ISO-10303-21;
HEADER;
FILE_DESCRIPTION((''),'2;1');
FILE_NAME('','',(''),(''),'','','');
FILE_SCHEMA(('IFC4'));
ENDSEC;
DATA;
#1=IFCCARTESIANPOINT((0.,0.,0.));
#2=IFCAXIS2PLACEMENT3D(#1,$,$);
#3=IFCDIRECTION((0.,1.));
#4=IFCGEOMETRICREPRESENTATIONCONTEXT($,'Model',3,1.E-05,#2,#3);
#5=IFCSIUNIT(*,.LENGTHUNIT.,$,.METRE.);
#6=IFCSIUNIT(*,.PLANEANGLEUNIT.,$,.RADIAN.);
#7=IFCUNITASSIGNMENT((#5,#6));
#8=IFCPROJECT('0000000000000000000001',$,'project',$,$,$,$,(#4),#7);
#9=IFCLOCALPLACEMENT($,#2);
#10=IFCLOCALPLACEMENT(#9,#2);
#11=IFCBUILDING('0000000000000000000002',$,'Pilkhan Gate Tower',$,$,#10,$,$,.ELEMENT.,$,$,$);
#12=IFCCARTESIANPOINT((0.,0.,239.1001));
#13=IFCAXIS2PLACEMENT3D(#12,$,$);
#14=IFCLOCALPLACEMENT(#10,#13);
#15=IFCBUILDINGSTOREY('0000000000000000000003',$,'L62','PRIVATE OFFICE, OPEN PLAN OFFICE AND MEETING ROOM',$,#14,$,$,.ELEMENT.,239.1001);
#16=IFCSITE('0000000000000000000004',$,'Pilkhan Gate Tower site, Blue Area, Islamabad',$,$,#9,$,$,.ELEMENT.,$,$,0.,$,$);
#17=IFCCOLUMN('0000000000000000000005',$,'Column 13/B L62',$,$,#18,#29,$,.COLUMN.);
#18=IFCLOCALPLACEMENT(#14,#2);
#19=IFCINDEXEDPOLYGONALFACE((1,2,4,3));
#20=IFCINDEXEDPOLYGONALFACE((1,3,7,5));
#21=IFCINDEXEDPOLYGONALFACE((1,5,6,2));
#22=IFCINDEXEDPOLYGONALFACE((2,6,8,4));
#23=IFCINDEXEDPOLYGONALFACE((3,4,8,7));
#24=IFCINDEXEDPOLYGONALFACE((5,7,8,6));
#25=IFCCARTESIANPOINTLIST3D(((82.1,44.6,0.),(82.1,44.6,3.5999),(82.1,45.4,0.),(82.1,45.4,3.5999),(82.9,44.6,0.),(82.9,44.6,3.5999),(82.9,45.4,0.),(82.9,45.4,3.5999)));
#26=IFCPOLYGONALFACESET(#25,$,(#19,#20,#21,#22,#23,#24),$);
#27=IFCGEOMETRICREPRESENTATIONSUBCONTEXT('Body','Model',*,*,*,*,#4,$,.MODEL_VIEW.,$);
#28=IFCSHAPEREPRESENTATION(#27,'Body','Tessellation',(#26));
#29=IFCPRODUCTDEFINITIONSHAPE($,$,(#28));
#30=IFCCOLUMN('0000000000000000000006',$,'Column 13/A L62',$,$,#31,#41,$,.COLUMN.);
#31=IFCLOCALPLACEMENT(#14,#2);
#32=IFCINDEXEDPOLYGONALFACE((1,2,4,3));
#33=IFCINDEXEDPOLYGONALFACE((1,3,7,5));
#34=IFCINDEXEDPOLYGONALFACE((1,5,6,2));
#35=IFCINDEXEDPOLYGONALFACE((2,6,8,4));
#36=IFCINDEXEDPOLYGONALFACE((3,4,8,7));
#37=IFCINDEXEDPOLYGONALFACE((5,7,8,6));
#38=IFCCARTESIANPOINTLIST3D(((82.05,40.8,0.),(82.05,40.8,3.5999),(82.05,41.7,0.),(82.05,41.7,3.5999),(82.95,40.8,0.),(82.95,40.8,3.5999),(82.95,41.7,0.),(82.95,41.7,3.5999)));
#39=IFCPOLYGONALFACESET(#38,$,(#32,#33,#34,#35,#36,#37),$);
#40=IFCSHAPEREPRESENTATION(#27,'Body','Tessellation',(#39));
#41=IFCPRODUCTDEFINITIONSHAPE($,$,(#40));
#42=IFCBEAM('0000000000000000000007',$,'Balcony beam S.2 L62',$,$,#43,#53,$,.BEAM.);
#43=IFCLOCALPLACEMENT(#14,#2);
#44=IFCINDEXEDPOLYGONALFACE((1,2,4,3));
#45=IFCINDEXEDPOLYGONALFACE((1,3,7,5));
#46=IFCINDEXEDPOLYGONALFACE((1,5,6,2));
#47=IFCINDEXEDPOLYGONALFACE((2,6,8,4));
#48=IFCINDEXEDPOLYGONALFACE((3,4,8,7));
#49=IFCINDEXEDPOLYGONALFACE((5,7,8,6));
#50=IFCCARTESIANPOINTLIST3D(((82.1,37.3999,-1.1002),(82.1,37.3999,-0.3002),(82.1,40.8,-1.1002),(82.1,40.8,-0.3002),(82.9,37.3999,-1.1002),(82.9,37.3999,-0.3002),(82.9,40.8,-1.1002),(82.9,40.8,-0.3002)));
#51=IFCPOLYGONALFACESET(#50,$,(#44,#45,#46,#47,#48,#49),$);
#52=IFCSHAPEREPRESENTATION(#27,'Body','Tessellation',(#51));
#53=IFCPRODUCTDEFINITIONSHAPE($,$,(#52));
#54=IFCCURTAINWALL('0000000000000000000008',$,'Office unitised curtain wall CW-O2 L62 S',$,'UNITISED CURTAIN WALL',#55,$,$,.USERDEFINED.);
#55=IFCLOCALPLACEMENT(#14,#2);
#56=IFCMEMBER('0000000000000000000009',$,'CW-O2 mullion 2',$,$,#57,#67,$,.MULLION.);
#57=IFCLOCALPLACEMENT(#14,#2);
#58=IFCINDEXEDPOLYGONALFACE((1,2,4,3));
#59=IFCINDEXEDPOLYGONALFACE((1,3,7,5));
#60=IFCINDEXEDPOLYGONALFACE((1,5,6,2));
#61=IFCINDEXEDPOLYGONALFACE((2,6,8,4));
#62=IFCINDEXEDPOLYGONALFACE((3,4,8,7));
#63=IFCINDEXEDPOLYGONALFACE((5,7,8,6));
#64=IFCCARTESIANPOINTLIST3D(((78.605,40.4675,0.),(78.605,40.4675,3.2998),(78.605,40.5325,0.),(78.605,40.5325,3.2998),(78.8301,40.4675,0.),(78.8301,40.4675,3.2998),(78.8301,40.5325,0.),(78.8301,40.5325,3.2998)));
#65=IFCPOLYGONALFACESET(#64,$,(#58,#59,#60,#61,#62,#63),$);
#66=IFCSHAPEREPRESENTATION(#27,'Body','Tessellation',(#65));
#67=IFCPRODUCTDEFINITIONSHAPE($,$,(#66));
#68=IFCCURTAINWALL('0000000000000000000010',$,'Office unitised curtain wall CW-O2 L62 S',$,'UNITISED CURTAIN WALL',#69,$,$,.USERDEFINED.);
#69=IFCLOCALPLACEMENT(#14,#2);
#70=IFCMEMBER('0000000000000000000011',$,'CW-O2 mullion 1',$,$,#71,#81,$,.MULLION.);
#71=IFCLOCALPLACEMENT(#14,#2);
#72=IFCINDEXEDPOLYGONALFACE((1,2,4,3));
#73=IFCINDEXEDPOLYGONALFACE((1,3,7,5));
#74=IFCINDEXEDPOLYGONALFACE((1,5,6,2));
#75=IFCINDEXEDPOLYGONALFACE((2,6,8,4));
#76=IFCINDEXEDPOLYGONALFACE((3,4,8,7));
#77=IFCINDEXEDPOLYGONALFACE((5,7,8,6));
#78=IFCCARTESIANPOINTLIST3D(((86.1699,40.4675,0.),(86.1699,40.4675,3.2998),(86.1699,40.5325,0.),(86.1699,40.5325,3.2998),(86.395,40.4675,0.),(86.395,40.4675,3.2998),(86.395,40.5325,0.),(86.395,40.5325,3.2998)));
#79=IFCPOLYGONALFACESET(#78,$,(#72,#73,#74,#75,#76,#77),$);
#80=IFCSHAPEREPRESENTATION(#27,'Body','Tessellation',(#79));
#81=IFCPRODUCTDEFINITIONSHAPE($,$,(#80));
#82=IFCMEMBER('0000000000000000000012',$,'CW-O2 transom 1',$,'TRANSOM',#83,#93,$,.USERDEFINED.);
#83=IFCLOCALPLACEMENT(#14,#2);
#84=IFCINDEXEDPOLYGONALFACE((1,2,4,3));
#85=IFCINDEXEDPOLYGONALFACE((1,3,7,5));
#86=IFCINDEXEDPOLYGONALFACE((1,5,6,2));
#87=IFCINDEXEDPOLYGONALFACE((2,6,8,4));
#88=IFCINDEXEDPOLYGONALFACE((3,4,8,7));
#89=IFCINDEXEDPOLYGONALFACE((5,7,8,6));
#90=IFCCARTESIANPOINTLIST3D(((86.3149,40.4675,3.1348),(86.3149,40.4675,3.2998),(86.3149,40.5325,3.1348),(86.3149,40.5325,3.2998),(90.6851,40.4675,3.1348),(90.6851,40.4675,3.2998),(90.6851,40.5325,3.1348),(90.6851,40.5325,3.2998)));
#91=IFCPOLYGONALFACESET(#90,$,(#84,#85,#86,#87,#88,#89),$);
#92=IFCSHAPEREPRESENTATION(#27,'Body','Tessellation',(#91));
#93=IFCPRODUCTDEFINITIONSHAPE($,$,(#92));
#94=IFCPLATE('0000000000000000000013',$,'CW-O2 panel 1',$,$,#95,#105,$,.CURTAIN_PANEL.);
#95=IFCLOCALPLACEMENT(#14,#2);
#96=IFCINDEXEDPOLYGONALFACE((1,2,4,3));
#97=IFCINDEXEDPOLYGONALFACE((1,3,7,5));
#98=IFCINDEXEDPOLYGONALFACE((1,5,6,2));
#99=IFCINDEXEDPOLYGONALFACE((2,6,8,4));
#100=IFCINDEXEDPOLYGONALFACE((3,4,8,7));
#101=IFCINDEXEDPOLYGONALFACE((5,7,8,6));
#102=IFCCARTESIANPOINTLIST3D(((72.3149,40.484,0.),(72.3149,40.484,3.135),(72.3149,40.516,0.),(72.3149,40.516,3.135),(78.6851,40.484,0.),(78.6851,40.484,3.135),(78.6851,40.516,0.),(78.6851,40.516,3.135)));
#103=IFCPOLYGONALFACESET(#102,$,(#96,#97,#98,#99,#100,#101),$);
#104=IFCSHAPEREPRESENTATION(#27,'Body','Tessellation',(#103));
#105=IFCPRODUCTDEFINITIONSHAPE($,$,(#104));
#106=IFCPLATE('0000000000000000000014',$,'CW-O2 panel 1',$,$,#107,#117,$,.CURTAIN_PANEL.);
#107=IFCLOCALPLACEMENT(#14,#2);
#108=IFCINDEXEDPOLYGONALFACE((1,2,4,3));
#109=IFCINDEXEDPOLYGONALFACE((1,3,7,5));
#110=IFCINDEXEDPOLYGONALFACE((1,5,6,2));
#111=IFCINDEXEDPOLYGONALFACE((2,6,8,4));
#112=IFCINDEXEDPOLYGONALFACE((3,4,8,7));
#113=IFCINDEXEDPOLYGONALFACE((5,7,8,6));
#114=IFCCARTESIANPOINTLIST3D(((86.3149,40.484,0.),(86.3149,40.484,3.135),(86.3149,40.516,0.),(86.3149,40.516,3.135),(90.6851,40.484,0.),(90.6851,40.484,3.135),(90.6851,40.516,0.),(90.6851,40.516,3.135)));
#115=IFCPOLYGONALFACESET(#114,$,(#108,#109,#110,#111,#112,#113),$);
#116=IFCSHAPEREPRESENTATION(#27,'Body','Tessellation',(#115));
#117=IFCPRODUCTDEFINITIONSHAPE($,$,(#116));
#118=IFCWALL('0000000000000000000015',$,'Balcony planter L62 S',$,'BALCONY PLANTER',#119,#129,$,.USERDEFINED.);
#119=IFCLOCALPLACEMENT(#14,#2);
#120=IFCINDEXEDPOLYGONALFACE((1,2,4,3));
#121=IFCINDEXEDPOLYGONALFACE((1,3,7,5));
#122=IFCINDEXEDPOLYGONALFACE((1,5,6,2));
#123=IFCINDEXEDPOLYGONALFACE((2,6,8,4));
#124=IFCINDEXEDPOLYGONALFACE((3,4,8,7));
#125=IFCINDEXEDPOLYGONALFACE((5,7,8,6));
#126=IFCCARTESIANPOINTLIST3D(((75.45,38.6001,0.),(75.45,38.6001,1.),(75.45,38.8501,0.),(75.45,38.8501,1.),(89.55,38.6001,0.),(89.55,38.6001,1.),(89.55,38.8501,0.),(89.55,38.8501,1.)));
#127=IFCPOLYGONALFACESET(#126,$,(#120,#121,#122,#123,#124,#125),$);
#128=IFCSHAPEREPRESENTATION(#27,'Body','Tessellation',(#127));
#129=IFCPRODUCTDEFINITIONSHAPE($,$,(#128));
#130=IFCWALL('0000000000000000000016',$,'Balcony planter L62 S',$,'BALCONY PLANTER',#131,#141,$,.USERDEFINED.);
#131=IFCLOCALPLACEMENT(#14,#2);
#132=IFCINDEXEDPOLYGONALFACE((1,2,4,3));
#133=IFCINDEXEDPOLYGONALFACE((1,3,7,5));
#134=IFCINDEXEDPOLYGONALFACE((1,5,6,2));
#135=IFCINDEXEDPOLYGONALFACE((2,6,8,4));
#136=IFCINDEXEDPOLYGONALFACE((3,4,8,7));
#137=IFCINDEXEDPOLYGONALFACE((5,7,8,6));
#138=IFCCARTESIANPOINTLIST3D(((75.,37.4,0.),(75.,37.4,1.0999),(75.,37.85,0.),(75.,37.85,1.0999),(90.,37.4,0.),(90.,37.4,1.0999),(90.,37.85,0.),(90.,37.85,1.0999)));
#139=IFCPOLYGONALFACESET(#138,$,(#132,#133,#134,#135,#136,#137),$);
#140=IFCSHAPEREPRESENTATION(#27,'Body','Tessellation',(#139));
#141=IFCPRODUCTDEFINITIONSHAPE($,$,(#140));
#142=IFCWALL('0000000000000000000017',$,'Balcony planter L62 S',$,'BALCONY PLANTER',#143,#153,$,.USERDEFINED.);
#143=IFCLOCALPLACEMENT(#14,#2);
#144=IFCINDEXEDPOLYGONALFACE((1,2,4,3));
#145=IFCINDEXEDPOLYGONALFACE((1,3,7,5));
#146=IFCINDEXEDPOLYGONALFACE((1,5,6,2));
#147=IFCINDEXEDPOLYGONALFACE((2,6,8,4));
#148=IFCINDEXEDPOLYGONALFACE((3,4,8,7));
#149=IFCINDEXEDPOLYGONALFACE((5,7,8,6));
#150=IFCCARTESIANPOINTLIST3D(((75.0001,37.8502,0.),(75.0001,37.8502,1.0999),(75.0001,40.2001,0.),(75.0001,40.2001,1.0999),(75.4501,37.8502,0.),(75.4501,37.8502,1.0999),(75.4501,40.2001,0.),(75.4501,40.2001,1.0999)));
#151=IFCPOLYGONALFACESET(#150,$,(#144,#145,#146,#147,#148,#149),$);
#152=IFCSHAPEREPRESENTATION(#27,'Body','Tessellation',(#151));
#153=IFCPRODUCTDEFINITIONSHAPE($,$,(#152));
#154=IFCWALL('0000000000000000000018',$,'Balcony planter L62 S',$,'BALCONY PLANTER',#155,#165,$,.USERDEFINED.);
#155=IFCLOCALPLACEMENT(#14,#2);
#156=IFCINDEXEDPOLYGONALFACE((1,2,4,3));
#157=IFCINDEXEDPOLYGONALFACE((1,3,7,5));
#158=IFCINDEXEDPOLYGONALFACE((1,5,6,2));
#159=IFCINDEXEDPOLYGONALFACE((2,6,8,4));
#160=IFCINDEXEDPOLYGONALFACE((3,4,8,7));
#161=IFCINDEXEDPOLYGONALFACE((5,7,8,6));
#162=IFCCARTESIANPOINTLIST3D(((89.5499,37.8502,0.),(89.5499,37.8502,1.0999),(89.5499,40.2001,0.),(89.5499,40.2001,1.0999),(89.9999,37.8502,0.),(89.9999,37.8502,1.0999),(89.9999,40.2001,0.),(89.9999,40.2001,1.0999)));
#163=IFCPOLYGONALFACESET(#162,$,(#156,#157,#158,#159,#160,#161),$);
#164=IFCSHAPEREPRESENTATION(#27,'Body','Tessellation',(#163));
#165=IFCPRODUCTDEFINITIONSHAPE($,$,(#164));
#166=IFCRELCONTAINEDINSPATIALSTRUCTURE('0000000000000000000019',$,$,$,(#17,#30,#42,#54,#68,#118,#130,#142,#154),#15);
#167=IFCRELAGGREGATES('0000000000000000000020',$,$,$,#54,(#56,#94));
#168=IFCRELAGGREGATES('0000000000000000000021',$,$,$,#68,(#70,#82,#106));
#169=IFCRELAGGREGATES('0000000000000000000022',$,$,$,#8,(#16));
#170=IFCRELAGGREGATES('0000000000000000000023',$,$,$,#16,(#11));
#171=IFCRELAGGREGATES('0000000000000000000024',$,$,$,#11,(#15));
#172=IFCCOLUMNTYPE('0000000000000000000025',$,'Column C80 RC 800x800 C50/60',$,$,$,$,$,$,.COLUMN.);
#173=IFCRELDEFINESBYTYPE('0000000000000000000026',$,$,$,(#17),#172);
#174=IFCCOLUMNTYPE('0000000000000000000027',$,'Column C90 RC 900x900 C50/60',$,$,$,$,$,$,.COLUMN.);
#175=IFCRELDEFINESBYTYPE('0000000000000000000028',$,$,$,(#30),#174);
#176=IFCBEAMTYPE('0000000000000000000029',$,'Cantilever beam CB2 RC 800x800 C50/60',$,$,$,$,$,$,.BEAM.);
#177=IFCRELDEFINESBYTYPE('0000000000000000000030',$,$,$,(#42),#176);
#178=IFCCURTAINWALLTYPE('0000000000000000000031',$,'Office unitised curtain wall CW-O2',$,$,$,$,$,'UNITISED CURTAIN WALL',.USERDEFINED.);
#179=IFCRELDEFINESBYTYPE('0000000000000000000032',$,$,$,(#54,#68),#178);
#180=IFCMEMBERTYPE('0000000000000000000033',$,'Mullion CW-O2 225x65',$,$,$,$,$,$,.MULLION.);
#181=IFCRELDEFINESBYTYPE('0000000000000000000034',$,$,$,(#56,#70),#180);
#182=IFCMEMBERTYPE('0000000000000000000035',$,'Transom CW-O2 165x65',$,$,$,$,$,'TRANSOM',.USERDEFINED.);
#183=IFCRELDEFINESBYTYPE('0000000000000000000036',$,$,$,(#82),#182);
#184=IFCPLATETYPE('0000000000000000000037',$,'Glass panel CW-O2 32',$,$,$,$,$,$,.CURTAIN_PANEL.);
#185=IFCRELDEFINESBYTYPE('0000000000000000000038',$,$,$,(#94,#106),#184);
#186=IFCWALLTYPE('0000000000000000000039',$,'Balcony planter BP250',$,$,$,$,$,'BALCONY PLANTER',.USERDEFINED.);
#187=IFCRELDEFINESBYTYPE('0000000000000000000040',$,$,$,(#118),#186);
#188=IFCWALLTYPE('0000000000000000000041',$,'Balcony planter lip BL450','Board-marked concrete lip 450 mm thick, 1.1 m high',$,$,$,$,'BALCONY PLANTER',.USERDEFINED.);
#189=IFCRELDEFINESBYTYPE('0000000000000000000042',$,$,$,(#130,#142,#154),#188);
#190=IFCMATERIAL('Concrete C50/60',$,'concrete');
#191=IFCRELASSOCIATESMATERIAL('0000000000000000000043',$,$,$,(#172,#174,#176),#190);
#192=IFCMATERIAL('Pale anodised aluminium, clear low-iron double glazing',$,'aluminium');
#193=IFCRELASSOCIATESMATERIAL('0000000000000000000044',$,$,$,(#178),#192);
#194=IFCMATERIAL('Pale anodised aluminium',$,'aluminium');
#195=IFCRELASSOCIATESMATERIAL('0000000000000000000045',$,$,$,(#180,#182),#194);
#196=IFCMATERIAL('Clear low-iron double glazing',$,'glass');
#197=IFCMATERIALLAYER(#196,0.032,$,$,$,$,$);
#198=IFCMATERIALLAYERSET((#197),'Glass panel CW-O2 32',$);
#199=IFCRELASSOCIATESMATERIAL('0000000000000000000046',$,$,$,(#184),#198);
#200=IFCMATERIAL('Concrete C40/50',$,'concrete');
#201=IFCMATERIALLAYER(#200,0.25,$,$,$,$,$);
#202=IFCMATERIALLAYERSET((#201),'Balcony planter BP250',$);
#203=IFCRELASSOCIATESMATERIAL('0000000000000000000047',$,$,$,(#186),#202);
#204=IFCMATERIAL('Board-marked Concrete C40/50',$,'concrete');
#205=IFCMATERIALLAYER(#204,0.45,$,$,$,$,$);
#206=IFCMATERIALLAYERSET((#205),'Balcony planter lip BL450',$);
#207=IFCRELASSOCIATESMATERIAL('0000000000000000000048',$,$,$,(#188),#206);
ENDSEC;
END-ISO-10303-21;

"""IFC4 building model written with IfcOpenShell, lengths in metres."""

from ifc_helpers import new_model, si_unit, direction, frame, frame_2d, origin, origin_2d, place, context, subcontext, project, spatial, rectangle, extrude, material, layer, layer_set, material_profile, profile_set, type_object, element, aggregate, save


model = new_model("IFC4")

# Units and contexts
model_context = context("Model", 3, precision=1e-05, world=origin(), true_north=direction((0.0, 1.0)))
body_context = subcontext(model_context, "Body", "Model", "MODEL_VIEW")
ifc_project = project(units=[si_unit("LENGTHUNIT", "METRE"), si_unit("PLANEANGLEUNIT", "RADIAN")], contexts=[model_context])

# Site, building, storey
site_placement = place(None, origin())
site = spatial("IfcSite", under=ifc_project, at=site_placement, Name="Pilkhan Gate Tower site, Blue Area, Islamabad", CompositionType="ELEMENT", RefElevation=0.0)
building_placement = place(site_placement, origin())
building = spatial("IfcBuilding", under=site, at=building_placement, Name="Pilkhan Gate Tower", CompositionType="ELEMENT")
storey_placement = place(building_placement, frame((0.0, 0.0, 239.1001)))
storey = spatial("IfcBuildingStorey", under=building, at=storey_placement, Name="L62", Description="PRIVATE OFFICE, OPEN PLAN OFFICE AND MEETING ROOM", CompositionType="ELEMENT", Elevation=239.1001)

# Columns
ifc_material_1 = material(Name="Concrete C50/60", Category="concrete")
ifc_material_profile_1 = material_profile(ifc_material_1, rectangle(XDim=0.8, YDim=0.8, at=origin_2d()), Name="RC 800x800")
ifc_profile_set_1 = profile_set([ifc_material_profile_1], Name="Concrete C50/60")
column_type_1 = type_object("IfcColumnType", Name="Column C80 RC 800x800 C50/60", PredefinedType="COLUMN", material=ifc_profile_set_1)
column_1_placement = place(storey_placement, frame((82.5, 45.0, 0.0), z_axis=(0.0, 0.0, 1.0), x_axis=(1.0, 0.0, 0.0)))
element("IfcColumn", 1, at=column_1_placement, inside=storey, type_object=column_type_1, Name="Column 13/B L62", PredefinedType="COLUMN", context=body_context, shape_type="SweptSolid", body=[
    extrude(rectangle(XDim=0.8, YDim=0.8, at=origin_2d()), origin(), (0.0, 0.0, 1.0), 3.5999),
])
ifc_material_profile_2 = material_profile(ifc_material_1, rectangle(XDim=0.8999, YDim=0.8999, at=origin_2d()), Name="RC 900x900")
ifc_profile_set_2 = profile_set([ifc_material_profile_2], Name="Concrete C50/60")
column_type_2 = type_object("IfcColumnType", Name="Column C90 RC 900x900 C50/60", PredefinedType="COLUMN", material=ifc_profile_set_2)
column_2_placement = place(storey_placement, frame((82.5, 41.25, 0.0), z_axis=(0.0, 0.0, 1.0), x_axis=(1.0, 0.0, 0.0)))
element("IfcColumn", 2, at=column_2_placement, inside=storey, type_object=column_type_2, Name="Column 13/A L62", PredefinedType="COLUMN", context=body_context, shape_type="SweptSolid", body=[
    extrude(rectangle(XDim=0.8999, YDim=0.8999, at=origin_2d()), origin(), (0.0, 0.0, 1.0), 3.5999),
])

# Beam
ifc_material_profile_3 = material_profile(ifc_material_1, rectangle(XDim=0.8, YDim=0.8, at=origin_2d()), Name="RC 800x800")
ifc_profile_set_3 = profile_set([ifc_material_profile_3], Name="Concrete C50/60")
beam_type = type_object("IfcBeamType", Name="Cantilever beam CB2 RC 800x800 C50/60", PredefinedType="BEAM", material=ifc_profile_set_3)
beam_placement = place(storey_placement, frame((82.5, 40.8, -0.7002), z_axis=(0.0, -1.0, 0.0), x_axis=(1.0, 0.0, 0.0)))
element("IfcBeam", 3, at=beam_placement, inside=storey, type_object=beam_type, Name="Balcony beam S.2 L62", PredefinedType="BEAM", context=body_context, shape_type="SweptSolid", body=[
    extrude(rectangle(XDim=0.8, YDim=0.8, at=origin_2d()), origin(), (0.0, 0.0, 1.0), 3.4001),
])

# Curtain wall, member
ifc_material_2 = material(Name="Pale anodised aluminium, clear low-iron double glazing", Category="aluminium")
curtain_wall_type = type_object("IfcCurtainWallType", Name="Office unitised curtain wall CW-O2", ElementType="UNITISED CURTAIN WALL", PredefinedType="USERDEFINED", material=ifc_material_2)
curtain_wall_1_placement = place(storey_placement, origin())
curtain_wall_1 = element("IfcCurtainWall", 4, at=curtain_wall_1_placement, inside=storey, type_object=curtain_wall_type, Name="Office unitised curtain wall CW-O2 L62 S", ObjectType="UNITISED CURTAIN WALL", PredefinedType="USERDEFINED")
ifc_material_3 = material(Name="Pale anodised aluminium", Category="aluminium")
ifc_material_profile_4 = material_profile(ifc_material_3, rectangle(XDim=0.0649, YDim=0.2251, at=origin_2d()), Name="Mullion 225x65")
ifc_profile_set_4 = profile_set([ifc_material_profile_4], Name="Pale anodised aluminium")
member_type_1 = type_object("IfcMemberType", Name="Mullion CW-O2 225x65", PredefinedType="MULLION", material=ifc_profile_set_4)
member_1_placement = place(storey_placement, frame((78.7175, 40.5, 0.0), z_axis=(0.0, 0.0, 1.0), x_axis=(0.0, 1.0, 0.0)))
member_1 = element("IfcMember", 5, at=member_1_placement, type_object=member_type_1, Name="CW-O2 mullion 2", PredefinedType="MULLION", context=body_context, shape_type="SweptSolid", body=[
    extrude(rectangle(XDim=0.0649, YDim=0.2251, at=origin_2d()), origin(), (0.0, 0.0, 1.0), 3.2998),
])

# Curtain wall, members
curtain_wall_2_placement = place(storey_placement, origin())
curtain_wall_2 = element("IfcCurtainWall", 6, at=curtain_wall_2_placement, inside=storey, type_object=curtain_wall_type, Name="Office unitised curtain wall CW-O2 L62 S", ObjectType="UNITISED CURTAIN WALL", PredefinedType="USERDEFINED")
member_2_placement = place(storey_placement, frame((86.2825, 40.5, 0.0), z_axis=(0.0, 0.0, 1.0), x_axis=(0.0, 1.0, 0.0)))
member_2 = element("IfcMember", 7, at=member_2_placement, type_object=member_type_1, Name="CW-O2 mullion 1", PredefinedType="MULLION", context=body_context, shape_type="SweptSolid", body=[
    extrude(rectangle(XDim=0.0649, YDim=0.2251, at=origin_2d()), origin(), (0.0, 0.0, 1.0), 3.2998),
])
ifc_material_profile_5 = material_profile(ifc_material_3, rectangle(XDim=0.0649, YDim=0.165, at=origin_2d()), Name="Transom 165x65")
ifc_profile_set_5 = profile_set([ifc_material_profile_5], Name="Pale anodised aluminium")
member_type_2 = type_object("IfcMemberType", Name="Transom CW-O2 165x65", ElementType="TRANSOM", PredefinedType="USERDEFINED", material=ifc_profile_set_5)
member_3_placement = place(storey_placement, frame((86.3149, 40.5, 3.2173), z_axis=(1.0, 0.0, 0.0), x_axis=(0.0, 1.0, 0.0)))
member_3 = element("IfcMember", 8, at=member_3_placement, type_object=member_type_2, Name="CW-O2 transom 1", ObjectType="TRANSOM", PredefinedType="USERDEFINED", context=body_context, shape_type="SweptSolid", body=[
    extrude(rectangle(XDim=0.0649, YDim=0.165, at=origin_2d()), origin(), (0.0, 0.0, 1.0), 4.3701),
])

# Plates
ifc_material_4 = material(Name="Clear low-iron double glazing", Category="glass")
ifc_layer_1 = layer(ifc_material_4, 0.032)
ifc_layer_set_1 = layer_set([ifc_layer_1], Name="Glass panel CW-O2 32")
plate_type = type_object("IfcPlateType", Name="Glass panel CW-O2 32", PredefinedType="CURTAIN_PANEL", material=ifc_layer_set_1)
plate_1_placement = place(storey_placement, frame((75.5, 40.5, 0.0), z_axis=(0.0, 0.0, 1.0), x_axis=(1.0, 0.0, 0.0)))
plate_1 = element("IfcPlate", 9, at=plate_1_placement, type_object=plate_type, Name="CW-O2 panel 1", PredefinedType="CURTAIN_PANEL", context=body_context, shape_type="SweptSolid", body=[
    extrude(rectangle(XDim=6.3701, YDim=0.032, at=origin_2d()), origin(), (0.0, 0.0, 1.0), 3.135),
])
aggregate(curtain_wall_1, [member_1, plate_1])
plate_2_placement = place(storey_placement, frame((88.5, 40.5, 0.0), z_axis=(0.0, 0.0, 1.0), x_axis=(1.0, 0.0, 0.0)))
plate_2 = element("IfcPlate", 10, at=plate_2_placement, type_object=plate_type, Name="CW-O2 panel 1", PredefinedType="CURTAIN_PANEL", context=body_context, shape_type="SweptSolid", body=[
    extrude(rectangle(XDim=4.3701, YDim=0.032, at=origin_2d()), origin(), (0.0, 0.0, 1.0), 3.135),
])
aggregate(curtain_wall_2, [member_2, member_3, plate_2])

# Walls
ifc_material_5 = material(Name="Concrete C40/50", Category="concrete")
ifc_layer_2 = layer(ifc_material_5, 0.25)
ifc_layer_set_2 = layer_set([ifc_layer_2], Name="Balcony planter BP250")
wall_type_1 = type_object("IfcWallType", Name="Balcony planter BP250", ElementType="BALCONY PLANTER", PredefinedType="USERDEFINED", material=ifc_layer_set_2)
wall_1_placement = place(storey_placement, frame((75.45, 38.7251, 0.0), z_axis=(0.0, 0.0, 1.0), x_axis=(1.0, 0.0, 0.0)))
element("IfcWall", 11, at=wall_1_placement, inside=storey, type_object=wall_type_1, Name="Balcony planter L62 S", ObjectType="BALCONY PLANTER", PredefinedType="USERDEFINED", context=body_context, shape_type="SweptSolid", body=[
    extrude(rectangle(XDim=14.1001, YDim=0.25, at=frame_2d((7.05, 0.0))), origin(), (0.0, 0.0, 1.0), 1.0),
])
ifc_material_6 = material(Name="Board-marked Concrete C40/50", Category="concrete")
ifc_layer_3 = layer(ifc_material_6, 0.45)
ifc_layer_set_3 = layer_set([ifc_layer_3], Name="Balcony planter lip BL450")
wall_type_2 = type_object("IfcWallType", Name="Balcony planter lip BL450", Description="Board-marked concrete lip 450 mm thick, 1.1 m high", ElementType="BALCONY PLANTER", PredefinedType="USERDEFINED", material=ifc_layer_set_3)
wall_2_placement = place(storey_placement, frame((75.0, 37.625, 0.0), z_axis=(0.0, 0.0, 1.0), x_axis=(1.0, 0.0, 0.0)))
element("IfcWall", 12, at=wall_2_placement, inside=storey, type_object=wall_type_2, Name="Balcony planter L62 S", ObjectType="BALCONY PLANTER", PredefinedType="USERDEFINED", context=body_context, shape_type="SweptSolid", body=[
    extrude(rectangle(XDim=15.0, YDim=0.45, at=frame_2d((7.5, 0.0))), origin(), (0.0, 0.0, 1.0), 1.0999),
])
for number, where, z_axis, x_axis, name in (
    (13, (75.2251, 40.2, 0.0), (0.0, 0.0, 1.0), (0.0, -1.0, 0.0), "Balcony planter L62 S"),
    (14, (89.7749, 40.2, 0.0), (0.0, 0.0, 1.0), (0.0, -1.0, 0.0), "Balcony planter L62 S"),
):
    element("IfcWall", number, at=place(storey_placement, frame(where, z_axis=z_axis, x_axis=x_axis)), inside=storey, type_object=wall_type_2, Name=name, ObjectType="BALCONY PLANTER", PredefinedType="USERDEFINED", context=body_context, shape_type="SweptSolid", body=[
        extrude(rectangle(XDim=2.3499, YDim=0.45, at=frame_2d((1.1748, 0.0))), origin(), (0.0, 0.0, 1.0), 1.0999),
    ])

save(model, "model.ifc")
